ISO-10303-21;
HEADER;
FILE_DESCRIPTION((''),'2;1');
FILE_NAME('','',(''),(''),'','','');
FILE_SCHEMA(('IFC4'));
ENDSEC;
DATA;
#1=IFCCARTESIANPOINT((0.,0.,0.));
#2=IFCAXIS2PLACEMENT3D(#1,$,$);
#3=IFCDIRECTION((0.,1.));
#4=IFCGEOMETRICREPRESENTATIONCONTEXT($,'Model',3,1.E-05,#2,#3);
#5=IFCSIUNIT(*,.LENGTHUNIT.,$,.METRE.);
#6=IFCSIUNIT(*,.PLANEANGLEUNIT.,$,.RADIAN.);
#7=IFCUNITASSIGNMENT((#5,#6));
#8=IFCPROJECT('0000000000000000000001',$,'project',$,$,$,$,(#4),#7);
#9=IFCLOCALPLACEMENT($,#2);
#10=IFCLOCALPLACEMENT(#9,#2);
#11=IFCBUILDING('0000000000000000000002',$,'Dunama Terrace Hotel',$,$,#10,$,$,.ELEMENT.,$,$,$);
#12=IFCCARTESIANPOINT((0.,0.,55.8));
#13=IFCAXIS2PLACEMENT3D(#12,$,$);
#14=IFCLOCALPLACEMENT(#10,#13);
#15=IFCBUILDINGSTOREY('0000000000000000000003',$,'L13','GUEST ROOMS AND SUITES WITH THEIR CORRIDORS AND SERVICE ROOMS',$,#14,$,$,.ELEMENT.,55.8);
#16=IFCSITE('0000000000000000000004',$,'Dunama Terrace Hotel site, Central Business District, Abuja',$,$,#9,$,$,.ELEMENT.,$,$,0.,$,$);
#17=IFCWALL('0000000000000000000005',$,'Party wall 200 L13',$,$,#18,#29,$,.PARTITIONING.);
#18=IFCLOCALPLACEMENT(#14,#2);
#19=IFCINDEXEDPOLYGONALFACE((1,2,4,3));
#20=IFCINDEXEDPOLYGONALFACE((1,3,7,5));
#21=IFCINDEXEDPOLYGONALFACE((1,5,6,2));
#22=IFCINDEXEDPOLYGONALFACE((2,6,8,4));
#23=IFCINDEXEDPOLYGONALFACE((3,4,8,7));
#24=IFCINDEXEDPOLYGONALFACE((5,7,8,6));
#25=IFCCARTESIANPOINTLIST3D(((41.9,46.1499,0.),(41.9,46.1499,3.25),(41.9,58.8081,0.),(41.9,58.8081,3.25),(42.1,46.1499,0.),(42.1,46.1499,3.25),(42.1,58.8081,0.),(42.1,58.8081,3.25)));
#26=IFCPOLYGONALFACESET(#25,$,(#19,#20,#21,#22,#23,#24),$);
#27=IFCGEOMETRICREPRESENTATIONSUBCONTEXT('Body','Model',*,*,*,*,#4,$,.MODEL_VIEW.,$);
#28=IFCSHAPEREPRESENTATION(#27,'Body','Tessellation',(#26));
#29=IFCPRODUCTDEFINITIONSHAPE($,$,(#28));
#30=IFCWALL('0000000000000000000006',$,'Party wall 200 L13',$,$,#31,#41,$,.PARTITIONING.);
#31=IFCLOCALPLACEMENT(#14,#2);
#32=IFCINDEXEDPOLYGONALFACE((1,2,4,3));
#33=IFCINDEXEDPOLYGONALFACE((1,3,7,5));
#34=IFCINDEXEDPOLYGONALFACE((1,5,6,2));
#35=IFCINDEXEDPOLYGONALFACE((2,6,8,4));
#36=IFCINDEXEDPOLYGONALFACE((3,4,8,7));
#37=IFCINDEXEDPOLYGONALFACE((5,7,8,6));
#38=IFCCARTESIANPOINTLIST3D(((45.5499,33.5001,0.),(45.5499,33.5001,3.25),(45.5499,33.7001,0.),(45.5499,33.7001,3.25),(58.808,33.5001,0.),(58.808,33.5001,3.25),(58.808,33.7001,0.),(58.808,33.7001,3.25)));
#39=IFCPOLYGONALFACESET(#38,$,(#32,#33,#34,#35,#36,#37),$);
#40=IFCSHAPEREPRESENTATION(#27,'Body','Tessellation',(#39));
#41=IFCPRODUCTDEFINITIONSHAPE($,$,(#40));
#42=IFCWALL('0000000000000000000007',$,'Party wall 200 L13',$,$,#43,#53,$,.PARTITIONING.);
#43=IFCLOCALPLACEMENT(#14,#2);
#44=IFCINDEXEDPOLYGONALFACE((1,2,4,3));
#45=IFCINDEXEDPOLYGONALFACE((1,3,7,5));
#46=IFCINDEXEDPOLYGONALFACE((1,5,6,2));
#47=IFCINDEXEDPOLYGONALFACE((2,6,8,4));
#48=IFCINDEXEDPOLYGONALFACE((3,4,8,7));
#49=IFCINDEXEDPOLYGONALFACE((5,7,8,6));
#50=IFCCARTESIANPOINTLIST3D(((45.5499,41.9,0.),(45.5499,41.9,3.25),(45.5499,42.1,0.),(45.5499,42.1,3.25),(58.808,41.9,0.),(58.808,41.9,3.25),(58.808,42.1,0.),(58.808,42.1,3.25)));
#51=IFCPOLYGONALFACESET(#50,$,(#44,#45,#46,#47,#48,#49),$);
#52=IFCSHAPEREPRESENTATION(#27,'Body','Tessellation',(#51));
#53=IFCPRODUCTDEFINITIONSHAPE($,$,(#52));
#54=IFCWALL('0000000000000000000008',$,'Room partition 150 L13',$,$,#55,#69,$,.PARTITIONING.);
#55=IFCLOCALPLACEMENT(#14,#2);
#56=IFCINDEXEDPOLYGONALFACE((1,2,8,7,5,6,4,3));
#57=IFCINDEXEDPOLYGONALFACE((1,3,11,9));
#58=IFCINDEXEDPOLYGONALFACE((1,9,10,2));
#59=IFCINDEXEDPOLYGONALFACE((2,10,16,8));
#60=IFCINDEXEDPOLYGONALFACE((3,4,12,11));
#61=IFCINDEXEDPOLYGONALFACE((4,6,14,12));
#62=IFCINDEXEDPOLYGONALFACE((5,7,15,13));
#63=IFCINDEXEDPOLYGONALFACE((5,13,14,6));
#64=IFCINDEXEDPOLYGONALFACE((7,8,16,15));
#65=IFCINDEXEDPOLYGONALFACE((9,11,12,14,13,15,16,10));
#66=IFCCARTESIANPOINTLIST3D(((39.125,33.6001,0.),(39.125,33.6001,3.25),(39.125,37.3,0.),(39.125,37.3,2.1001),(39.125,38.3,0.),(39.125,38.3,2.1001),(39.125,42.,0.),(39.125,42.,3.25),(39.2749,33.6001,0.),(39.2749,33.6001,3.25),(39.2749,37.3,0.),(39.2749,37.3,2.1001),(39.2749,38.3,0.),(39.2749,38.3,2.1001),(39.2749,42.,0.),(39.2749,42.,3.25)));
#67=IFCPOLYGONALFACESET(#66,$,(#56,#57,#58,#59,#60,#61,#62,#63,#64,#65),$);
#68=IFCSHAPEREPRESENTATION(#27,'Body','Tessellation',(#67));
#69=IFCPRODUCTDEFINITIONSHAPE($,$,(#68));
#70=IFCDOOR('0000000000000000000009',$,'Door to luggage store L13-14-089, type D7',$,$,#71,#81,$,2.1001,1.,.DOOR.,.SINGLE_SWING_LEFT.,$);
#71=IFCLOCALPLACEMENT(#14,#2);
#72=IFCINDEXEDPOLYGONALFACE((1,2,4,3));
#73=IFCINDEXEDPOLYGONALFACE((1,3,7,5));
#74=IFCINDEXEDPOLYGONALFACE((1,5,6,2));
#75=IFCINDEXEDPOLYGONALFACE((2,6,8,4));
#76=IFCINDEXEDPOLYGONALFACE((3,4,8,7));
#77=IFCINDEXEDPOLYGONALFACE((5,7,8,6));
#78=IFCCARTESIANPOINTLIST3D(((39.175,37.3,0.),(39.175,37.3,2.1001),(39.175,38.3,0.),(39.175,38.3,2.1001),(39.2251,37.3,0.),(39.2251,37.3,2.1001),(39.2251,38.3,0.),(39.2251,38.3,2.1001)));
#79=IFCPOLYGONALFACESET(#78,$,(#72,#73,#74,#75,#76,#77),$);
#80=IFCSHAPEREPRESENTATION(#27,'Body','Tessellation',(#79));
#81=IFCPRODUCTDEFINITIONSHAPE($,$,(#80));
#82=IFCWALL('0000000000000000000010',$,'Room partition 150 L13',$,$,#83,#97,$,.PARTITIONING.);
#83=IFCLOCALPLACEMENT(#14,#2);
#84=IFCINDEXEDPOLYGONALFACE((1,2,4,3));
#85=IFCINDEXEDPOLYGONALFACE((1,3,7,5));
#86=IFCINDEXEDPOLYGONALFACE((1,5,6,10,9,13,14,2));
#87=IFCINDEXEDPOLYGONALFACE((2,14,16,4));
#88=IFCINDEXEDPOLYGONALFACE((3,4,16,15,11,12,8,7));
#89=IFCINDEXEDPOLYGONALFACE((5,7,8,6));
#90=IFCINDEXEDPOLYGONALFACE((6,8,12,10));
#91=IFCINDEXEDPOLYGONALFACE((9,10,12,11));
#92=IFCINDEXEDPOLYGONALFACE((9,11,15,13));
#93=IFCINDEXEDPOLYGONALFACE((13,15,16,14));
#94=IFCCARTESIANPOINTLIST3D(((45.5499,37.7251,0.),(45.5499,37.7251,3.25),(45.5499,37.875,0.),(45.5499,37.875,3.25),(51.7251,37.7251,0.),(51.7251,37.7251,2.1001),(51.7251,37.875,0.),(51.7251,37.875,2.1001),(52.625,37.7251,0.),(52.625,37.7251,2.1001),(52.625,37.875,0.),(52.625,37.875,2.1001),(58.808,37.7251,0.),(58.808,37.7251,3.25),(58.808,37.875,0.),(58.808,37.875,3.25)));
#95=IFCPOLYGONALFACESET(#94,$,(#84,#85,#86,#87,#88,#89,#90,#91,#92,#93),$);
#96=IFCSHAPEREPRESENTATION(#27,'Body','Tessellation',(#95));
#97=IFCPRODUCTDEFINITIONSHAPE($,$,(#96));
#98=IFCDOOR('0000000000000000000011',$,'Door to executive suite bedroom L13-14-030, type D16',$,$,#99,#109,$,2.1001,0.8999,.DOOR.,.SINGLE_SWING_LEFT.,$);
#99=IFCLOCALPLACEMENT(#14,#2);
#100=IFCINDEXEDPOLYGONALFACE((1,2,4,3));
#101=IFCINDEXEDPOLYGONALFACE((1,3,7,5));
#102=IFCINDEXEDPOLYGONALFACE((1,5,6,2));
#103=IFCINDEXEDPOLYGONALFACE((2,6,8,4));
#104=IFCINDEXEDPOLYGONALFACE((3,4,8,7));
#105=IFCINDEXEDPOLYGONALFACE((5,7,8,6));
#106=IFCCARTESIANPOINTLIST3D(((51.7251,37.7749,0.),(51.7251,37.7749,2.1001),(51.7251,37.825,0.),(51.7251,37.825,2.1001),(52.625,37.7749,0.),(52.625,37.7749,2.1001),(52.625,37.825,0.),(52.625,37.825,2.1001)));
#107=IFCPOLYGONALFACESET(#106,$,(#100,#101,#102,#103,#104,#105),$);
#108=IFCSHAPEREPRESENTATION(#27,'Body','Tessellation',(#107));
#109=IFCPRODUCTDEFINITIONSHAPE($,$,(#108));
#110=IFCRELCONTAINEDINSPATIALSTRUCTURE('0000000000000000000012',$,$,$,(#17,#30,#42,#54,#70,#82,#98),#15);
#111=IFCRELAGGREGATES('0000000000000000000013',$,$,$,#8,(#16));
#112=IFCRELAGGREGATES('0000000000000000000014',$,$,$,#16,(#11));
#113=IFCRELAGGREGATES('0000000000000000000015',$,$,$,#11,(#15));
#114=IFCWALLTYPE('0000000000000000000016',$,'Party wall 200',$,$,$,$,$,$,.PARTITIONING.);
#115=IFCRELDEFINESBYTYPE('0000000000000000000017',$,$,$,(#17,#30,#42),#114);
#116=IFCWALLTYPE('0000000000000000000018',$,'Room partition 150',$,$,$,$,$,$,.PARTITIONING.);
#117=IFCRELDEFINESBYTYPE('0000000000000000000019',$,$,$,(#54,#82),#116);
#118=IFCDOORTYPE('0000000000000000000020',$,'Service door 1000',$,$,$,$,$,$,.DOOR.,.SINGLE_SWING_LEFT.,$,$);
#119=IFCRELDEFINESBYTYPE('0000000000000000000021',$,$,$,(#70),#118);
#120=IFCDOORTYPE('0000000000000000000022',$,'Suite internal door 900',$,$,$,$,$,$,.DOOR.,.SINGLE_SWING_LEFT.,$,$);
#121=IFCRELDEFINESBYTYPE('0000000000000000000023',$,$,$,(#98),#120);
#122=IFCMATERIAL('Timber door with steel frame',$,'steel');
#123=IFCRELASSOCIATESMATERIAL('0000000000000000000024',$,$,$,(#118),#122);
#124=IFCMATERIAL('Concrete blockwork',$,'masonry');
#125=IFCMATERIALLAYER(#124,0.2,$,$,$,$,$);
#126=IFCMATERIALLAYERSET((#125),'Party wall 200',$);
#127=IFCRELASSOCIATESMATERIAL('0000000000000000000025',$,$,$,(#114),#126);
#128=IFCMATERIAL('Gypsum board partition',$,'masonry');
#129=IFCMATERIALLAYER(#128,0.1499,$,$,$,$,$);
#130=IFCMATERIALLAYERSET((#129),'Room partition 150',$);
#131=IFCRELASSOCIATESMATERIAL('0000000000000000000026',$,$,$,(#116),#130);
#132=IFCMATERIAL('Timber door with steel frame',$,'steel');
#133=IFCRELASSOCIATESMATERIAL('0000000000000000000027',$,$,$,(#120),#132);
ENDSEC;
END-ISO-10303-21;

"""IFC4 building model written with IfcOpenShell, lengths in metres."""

from ifc_helpers import new_model, si_unit, direction, frame, frame_2d, origin, place, context, subcontext, project, spatial, rectangle, extrude, material, layer, layer_set, type_object, element, fill, save


model = new_model("IFC4")

# Units and contexts
model_context = context("Model", 3, precision=1e-05, world=origin(), true_north=direction((0.0, 1.0)))
body_context = subcontext(model_context, "Body", "Model", "MODEL_VIEW")
ifc_project = project(units=[si_unit("LENGTHUNIT", "METRE"), si_unit("PLANEANGLEUNIT", "RADIAN")], contexts=[model_context])

# Site, building, storey
site_placement = place(None, origin())
site = spatial("IfcSite", under=ifc_project, at=site_placement, Name="Dunama Terrace Hotel site, Central Business District, Abuja", CompositionType="ELEMENT", RefElevation=0.0)
building_placement = place(site_placement, origin())
building = spatial("IfcBuilding", under=site, at=building_placement, Name="Dunama Terrace Hotel", CompositionType="ELEMENT")
storey_placement = place(building_placement, frame((0.0, 0.0, 55.8)))
storey = spatial("IfcBuildingStorey", under=building, at=storey_placement, Name="L13", Description="GUEST ROOMS AND SUITES WITH THEIR CORRIDORS AND SERVICE ROOMS", CompositionType="ELEMENT", Elevation=55.8)

# Shared definitions
ifc_material_1 = material(Name="Timber door with steel frame", Category="steel")
door_type_1 = type_object("IfcDoorType", Name="Service door 1000", OperationType="SINGLE_SWING_LEFT", PredefinedType="DOOR", material=ifc_material_1)

# Walls
ifc_material_2 = material(Name="Concrete blockwork", Category="masonry")
ifc_layer_1 = layer(ifc_material_2, 0.2)
ifc_layer_set_1 = layer_set([ifc_layer_1], Name="Party wall 200")
wall_type_1 = type_object("IfcWallType", Name="Party wall 200", PredefinedType="PARTITIONING", material=ifc_layer_set_1)
wall_1_placement = place(storey_placement, frame((42.0, 46.1499, 0.0), z_axis=(0.0, 0.0, 1.0), x_axis=(0.0, 1.0, 0.0)))
element("IfcWall", 1, at=wall_1_placement, inside=storey, type_object=wall_type_1, Name="Party wall 200 L13", PredefinedType="PARTITIONING", context=body_context, shape_type="SweptSolid", body=[
    extrude(rectangle(XDim=12.6582, YDim=0.2, at=frame_2d((6.3291, 0.0))), origin(), (0.0, 0.0, 1.0), 3.25),
])
for number, where, z_axis, x_axis, name in (
    (2, (45.55, 33.6001, 0.0), (0.0, 0.0, 1.0), (1.0, 0.0, 0.0), "Party wall 200 L13"),
    (3, (45.55, 42.0, 0.0), (0.0, 0.0, 1.0), (1.0, 0.0, 0.0), "Party wall 200 L13"),
):
    element("IfcWall", number, at=place(storey_placement, frame(where, z_axis=z_axis, x_axis=x_axis)), inside=storey, type_object=wall_type_1, Name=name, PredefinedType="PARTITIONING", context=body_context, shape_type="SweptSolid", body=[
        extrude(rectangle(XDim=13.2581, YDim=0.2, at=frame_2d((6.6289, 0.0))), origin(), (0.0, 0.0, 1.0), 3.25),
    ])

# Walls, openings, doors
ifc_material_3 = material(Name="Gypsum board partition", Category="masonry")
ifc_layer_2 = layer(ifc_material_3, 0.1499)
ifc_layer_set_2 = layer_set([ifc_layer_2], Name="Room partition 150")
wall_type_2 = type_object("IfcWallType", Name="Room partition 150", PredefinedType="PARTITIONING", material=ifc_layer_set_2)
wall_2_placement = place(storey_placement, frame((39.2, 33.6001, 0.0), z_axis=(0.0, 0.0, 1.0), x_axis=(0.0, 1.0, 0.0)))
wall_2 = element("IfcWall", 4, at=wall_2_placement, inside=storey, type_object=wall_type_2, Name="Room partition 150 L13", PredefinedType="PARTITIONING", context=body_context, shape_type="SweptSolid", body=[
    extrude(rectangle(XDim=8.3999, YDim=0.1499, at=frame_2d((4.2, 0.0))), origin(), (0.0, 0.0, 1.0), 3.25),
])
opening_1_placement = place(wall_2_placement, frame((3.7, 0.0, 0.0)))
opening_1 = element("IfcOpeningElement", 5, at=opening_1_placement, cuts=wall_2, PredefinedType="OPENING", context=body_context, shape_type="SweptSolid", body=[
    extrude(rectangle(XDim=1.0, YDim=2.1001, at=frame_2d((0.5, 1.05))), frame((0.0, 0.085, 0.0), z_axis=(0.0, -1.0, 0.0), x_axis=(1.0, 0.0, 0.0)), (0.0, 0.0, 1.0), 0.1699),
])
door_1_placement = place(opening_1_placement, origin())
door_1 = element("IfcDoor", 6, at=door_1_placement, inside=storey, type_object=door_type_1, Name="Door to luggage store L13-14-089, type D7", OperationType="SINGLE_SWING_LEFT", OverallHeight=2.1001, OverallWidth=1.0, PredefinedType="DOOR", context=body_context, shape_type="SweptSolid", body=[
    extrude(rectangle(XDim=1.0, YDim=2.1001, at=frame_2d((0.5, 1.05))), frame((0.0, 0.0249, 0.0), z_axis=(0.0, -1.0, 0.0), x_axis=(1.0, 0.0, 0.0)), (0.0, 0.0, 1.0), 0.05),
])
fill(opening_1, door_1)
wall_3_placement = place(storey_placement, frame((45.55, 37.8, 0.0), z_axis=(0.0, 0.0, 1.0), x_axis=(1.0, 0.0, 0.0)))
wall_3 = element("IfcWall", 7, at=wall_3_placement, inside=storey, type_object=wall_type_2, Name="Room partition 150 L13", PredefinedType="PARTITIONING", context=body_context, shape_type="SweptSolid", body=[
    extrude(rectangle(XDim=13.2581, YDim=0.1499, at=frame_2d((6.6289, 0.0))), origin(), (0.0, 0.0, 1.0), 3.25),
])
opening_2_placement = place(wall_3_placement, frame((6.175, 0.0, 0.0)))
opening_2 = element("IfcOpeningElement", 8, at=opening_2_placement, cuts=wall_3, PredefinedType="OPENING", context=body_context, shape_type="SweptSolid", body=[
    extrude(rectangle(XDim=0.8999, YDim=2.1001, at=frame_2d((0.45, 1.05))), frame((0.0, 0.085, 0.0), z_axis=(0.0, -1.0, 0.0), x_axis=(1.0, 0.0, 0.0)), (0.0, 0.0, 1.0), 0.1699),
])
ifc_material_4 = material(Name="Timber door with steel frame", Category="steel")
door_type_2 = type_object("IfcDoorType", Name="Suite internal door 900", OperationType="SINGLE_SWING_LEFT", PredefinedType="DOOR", material=ifc_material_4)
door_2_placement = place(opening_2_placement, origin())
door_2 = element("IfcDoor", 9, at=door_2_placement, inside=storey, type_object=door_type_2, Name="Door to executive suite bedroom L13-14-030, type D16", OperationType="SINGLE_SWING_LEFT", OverallHeight=2.1001, OverallWidth=0.8999, PredefinedType="DOOR", context=body_context, shape_type="SweptSolid", body=[
    extrude(rectangle(XDim=0.8999, YDim=2.1001, at=frame_2d((0.45, 1.05))), frame((0.0, 0.0249, 0.0), z_axis=(0.0, -1.0, 0.0), x_axis=(1.0, 0.0, 0.0)), (0.0, 0.0, 1.0), 0.05),
])
fill(opening_2, door_2)

save(model, "model.ifc")
